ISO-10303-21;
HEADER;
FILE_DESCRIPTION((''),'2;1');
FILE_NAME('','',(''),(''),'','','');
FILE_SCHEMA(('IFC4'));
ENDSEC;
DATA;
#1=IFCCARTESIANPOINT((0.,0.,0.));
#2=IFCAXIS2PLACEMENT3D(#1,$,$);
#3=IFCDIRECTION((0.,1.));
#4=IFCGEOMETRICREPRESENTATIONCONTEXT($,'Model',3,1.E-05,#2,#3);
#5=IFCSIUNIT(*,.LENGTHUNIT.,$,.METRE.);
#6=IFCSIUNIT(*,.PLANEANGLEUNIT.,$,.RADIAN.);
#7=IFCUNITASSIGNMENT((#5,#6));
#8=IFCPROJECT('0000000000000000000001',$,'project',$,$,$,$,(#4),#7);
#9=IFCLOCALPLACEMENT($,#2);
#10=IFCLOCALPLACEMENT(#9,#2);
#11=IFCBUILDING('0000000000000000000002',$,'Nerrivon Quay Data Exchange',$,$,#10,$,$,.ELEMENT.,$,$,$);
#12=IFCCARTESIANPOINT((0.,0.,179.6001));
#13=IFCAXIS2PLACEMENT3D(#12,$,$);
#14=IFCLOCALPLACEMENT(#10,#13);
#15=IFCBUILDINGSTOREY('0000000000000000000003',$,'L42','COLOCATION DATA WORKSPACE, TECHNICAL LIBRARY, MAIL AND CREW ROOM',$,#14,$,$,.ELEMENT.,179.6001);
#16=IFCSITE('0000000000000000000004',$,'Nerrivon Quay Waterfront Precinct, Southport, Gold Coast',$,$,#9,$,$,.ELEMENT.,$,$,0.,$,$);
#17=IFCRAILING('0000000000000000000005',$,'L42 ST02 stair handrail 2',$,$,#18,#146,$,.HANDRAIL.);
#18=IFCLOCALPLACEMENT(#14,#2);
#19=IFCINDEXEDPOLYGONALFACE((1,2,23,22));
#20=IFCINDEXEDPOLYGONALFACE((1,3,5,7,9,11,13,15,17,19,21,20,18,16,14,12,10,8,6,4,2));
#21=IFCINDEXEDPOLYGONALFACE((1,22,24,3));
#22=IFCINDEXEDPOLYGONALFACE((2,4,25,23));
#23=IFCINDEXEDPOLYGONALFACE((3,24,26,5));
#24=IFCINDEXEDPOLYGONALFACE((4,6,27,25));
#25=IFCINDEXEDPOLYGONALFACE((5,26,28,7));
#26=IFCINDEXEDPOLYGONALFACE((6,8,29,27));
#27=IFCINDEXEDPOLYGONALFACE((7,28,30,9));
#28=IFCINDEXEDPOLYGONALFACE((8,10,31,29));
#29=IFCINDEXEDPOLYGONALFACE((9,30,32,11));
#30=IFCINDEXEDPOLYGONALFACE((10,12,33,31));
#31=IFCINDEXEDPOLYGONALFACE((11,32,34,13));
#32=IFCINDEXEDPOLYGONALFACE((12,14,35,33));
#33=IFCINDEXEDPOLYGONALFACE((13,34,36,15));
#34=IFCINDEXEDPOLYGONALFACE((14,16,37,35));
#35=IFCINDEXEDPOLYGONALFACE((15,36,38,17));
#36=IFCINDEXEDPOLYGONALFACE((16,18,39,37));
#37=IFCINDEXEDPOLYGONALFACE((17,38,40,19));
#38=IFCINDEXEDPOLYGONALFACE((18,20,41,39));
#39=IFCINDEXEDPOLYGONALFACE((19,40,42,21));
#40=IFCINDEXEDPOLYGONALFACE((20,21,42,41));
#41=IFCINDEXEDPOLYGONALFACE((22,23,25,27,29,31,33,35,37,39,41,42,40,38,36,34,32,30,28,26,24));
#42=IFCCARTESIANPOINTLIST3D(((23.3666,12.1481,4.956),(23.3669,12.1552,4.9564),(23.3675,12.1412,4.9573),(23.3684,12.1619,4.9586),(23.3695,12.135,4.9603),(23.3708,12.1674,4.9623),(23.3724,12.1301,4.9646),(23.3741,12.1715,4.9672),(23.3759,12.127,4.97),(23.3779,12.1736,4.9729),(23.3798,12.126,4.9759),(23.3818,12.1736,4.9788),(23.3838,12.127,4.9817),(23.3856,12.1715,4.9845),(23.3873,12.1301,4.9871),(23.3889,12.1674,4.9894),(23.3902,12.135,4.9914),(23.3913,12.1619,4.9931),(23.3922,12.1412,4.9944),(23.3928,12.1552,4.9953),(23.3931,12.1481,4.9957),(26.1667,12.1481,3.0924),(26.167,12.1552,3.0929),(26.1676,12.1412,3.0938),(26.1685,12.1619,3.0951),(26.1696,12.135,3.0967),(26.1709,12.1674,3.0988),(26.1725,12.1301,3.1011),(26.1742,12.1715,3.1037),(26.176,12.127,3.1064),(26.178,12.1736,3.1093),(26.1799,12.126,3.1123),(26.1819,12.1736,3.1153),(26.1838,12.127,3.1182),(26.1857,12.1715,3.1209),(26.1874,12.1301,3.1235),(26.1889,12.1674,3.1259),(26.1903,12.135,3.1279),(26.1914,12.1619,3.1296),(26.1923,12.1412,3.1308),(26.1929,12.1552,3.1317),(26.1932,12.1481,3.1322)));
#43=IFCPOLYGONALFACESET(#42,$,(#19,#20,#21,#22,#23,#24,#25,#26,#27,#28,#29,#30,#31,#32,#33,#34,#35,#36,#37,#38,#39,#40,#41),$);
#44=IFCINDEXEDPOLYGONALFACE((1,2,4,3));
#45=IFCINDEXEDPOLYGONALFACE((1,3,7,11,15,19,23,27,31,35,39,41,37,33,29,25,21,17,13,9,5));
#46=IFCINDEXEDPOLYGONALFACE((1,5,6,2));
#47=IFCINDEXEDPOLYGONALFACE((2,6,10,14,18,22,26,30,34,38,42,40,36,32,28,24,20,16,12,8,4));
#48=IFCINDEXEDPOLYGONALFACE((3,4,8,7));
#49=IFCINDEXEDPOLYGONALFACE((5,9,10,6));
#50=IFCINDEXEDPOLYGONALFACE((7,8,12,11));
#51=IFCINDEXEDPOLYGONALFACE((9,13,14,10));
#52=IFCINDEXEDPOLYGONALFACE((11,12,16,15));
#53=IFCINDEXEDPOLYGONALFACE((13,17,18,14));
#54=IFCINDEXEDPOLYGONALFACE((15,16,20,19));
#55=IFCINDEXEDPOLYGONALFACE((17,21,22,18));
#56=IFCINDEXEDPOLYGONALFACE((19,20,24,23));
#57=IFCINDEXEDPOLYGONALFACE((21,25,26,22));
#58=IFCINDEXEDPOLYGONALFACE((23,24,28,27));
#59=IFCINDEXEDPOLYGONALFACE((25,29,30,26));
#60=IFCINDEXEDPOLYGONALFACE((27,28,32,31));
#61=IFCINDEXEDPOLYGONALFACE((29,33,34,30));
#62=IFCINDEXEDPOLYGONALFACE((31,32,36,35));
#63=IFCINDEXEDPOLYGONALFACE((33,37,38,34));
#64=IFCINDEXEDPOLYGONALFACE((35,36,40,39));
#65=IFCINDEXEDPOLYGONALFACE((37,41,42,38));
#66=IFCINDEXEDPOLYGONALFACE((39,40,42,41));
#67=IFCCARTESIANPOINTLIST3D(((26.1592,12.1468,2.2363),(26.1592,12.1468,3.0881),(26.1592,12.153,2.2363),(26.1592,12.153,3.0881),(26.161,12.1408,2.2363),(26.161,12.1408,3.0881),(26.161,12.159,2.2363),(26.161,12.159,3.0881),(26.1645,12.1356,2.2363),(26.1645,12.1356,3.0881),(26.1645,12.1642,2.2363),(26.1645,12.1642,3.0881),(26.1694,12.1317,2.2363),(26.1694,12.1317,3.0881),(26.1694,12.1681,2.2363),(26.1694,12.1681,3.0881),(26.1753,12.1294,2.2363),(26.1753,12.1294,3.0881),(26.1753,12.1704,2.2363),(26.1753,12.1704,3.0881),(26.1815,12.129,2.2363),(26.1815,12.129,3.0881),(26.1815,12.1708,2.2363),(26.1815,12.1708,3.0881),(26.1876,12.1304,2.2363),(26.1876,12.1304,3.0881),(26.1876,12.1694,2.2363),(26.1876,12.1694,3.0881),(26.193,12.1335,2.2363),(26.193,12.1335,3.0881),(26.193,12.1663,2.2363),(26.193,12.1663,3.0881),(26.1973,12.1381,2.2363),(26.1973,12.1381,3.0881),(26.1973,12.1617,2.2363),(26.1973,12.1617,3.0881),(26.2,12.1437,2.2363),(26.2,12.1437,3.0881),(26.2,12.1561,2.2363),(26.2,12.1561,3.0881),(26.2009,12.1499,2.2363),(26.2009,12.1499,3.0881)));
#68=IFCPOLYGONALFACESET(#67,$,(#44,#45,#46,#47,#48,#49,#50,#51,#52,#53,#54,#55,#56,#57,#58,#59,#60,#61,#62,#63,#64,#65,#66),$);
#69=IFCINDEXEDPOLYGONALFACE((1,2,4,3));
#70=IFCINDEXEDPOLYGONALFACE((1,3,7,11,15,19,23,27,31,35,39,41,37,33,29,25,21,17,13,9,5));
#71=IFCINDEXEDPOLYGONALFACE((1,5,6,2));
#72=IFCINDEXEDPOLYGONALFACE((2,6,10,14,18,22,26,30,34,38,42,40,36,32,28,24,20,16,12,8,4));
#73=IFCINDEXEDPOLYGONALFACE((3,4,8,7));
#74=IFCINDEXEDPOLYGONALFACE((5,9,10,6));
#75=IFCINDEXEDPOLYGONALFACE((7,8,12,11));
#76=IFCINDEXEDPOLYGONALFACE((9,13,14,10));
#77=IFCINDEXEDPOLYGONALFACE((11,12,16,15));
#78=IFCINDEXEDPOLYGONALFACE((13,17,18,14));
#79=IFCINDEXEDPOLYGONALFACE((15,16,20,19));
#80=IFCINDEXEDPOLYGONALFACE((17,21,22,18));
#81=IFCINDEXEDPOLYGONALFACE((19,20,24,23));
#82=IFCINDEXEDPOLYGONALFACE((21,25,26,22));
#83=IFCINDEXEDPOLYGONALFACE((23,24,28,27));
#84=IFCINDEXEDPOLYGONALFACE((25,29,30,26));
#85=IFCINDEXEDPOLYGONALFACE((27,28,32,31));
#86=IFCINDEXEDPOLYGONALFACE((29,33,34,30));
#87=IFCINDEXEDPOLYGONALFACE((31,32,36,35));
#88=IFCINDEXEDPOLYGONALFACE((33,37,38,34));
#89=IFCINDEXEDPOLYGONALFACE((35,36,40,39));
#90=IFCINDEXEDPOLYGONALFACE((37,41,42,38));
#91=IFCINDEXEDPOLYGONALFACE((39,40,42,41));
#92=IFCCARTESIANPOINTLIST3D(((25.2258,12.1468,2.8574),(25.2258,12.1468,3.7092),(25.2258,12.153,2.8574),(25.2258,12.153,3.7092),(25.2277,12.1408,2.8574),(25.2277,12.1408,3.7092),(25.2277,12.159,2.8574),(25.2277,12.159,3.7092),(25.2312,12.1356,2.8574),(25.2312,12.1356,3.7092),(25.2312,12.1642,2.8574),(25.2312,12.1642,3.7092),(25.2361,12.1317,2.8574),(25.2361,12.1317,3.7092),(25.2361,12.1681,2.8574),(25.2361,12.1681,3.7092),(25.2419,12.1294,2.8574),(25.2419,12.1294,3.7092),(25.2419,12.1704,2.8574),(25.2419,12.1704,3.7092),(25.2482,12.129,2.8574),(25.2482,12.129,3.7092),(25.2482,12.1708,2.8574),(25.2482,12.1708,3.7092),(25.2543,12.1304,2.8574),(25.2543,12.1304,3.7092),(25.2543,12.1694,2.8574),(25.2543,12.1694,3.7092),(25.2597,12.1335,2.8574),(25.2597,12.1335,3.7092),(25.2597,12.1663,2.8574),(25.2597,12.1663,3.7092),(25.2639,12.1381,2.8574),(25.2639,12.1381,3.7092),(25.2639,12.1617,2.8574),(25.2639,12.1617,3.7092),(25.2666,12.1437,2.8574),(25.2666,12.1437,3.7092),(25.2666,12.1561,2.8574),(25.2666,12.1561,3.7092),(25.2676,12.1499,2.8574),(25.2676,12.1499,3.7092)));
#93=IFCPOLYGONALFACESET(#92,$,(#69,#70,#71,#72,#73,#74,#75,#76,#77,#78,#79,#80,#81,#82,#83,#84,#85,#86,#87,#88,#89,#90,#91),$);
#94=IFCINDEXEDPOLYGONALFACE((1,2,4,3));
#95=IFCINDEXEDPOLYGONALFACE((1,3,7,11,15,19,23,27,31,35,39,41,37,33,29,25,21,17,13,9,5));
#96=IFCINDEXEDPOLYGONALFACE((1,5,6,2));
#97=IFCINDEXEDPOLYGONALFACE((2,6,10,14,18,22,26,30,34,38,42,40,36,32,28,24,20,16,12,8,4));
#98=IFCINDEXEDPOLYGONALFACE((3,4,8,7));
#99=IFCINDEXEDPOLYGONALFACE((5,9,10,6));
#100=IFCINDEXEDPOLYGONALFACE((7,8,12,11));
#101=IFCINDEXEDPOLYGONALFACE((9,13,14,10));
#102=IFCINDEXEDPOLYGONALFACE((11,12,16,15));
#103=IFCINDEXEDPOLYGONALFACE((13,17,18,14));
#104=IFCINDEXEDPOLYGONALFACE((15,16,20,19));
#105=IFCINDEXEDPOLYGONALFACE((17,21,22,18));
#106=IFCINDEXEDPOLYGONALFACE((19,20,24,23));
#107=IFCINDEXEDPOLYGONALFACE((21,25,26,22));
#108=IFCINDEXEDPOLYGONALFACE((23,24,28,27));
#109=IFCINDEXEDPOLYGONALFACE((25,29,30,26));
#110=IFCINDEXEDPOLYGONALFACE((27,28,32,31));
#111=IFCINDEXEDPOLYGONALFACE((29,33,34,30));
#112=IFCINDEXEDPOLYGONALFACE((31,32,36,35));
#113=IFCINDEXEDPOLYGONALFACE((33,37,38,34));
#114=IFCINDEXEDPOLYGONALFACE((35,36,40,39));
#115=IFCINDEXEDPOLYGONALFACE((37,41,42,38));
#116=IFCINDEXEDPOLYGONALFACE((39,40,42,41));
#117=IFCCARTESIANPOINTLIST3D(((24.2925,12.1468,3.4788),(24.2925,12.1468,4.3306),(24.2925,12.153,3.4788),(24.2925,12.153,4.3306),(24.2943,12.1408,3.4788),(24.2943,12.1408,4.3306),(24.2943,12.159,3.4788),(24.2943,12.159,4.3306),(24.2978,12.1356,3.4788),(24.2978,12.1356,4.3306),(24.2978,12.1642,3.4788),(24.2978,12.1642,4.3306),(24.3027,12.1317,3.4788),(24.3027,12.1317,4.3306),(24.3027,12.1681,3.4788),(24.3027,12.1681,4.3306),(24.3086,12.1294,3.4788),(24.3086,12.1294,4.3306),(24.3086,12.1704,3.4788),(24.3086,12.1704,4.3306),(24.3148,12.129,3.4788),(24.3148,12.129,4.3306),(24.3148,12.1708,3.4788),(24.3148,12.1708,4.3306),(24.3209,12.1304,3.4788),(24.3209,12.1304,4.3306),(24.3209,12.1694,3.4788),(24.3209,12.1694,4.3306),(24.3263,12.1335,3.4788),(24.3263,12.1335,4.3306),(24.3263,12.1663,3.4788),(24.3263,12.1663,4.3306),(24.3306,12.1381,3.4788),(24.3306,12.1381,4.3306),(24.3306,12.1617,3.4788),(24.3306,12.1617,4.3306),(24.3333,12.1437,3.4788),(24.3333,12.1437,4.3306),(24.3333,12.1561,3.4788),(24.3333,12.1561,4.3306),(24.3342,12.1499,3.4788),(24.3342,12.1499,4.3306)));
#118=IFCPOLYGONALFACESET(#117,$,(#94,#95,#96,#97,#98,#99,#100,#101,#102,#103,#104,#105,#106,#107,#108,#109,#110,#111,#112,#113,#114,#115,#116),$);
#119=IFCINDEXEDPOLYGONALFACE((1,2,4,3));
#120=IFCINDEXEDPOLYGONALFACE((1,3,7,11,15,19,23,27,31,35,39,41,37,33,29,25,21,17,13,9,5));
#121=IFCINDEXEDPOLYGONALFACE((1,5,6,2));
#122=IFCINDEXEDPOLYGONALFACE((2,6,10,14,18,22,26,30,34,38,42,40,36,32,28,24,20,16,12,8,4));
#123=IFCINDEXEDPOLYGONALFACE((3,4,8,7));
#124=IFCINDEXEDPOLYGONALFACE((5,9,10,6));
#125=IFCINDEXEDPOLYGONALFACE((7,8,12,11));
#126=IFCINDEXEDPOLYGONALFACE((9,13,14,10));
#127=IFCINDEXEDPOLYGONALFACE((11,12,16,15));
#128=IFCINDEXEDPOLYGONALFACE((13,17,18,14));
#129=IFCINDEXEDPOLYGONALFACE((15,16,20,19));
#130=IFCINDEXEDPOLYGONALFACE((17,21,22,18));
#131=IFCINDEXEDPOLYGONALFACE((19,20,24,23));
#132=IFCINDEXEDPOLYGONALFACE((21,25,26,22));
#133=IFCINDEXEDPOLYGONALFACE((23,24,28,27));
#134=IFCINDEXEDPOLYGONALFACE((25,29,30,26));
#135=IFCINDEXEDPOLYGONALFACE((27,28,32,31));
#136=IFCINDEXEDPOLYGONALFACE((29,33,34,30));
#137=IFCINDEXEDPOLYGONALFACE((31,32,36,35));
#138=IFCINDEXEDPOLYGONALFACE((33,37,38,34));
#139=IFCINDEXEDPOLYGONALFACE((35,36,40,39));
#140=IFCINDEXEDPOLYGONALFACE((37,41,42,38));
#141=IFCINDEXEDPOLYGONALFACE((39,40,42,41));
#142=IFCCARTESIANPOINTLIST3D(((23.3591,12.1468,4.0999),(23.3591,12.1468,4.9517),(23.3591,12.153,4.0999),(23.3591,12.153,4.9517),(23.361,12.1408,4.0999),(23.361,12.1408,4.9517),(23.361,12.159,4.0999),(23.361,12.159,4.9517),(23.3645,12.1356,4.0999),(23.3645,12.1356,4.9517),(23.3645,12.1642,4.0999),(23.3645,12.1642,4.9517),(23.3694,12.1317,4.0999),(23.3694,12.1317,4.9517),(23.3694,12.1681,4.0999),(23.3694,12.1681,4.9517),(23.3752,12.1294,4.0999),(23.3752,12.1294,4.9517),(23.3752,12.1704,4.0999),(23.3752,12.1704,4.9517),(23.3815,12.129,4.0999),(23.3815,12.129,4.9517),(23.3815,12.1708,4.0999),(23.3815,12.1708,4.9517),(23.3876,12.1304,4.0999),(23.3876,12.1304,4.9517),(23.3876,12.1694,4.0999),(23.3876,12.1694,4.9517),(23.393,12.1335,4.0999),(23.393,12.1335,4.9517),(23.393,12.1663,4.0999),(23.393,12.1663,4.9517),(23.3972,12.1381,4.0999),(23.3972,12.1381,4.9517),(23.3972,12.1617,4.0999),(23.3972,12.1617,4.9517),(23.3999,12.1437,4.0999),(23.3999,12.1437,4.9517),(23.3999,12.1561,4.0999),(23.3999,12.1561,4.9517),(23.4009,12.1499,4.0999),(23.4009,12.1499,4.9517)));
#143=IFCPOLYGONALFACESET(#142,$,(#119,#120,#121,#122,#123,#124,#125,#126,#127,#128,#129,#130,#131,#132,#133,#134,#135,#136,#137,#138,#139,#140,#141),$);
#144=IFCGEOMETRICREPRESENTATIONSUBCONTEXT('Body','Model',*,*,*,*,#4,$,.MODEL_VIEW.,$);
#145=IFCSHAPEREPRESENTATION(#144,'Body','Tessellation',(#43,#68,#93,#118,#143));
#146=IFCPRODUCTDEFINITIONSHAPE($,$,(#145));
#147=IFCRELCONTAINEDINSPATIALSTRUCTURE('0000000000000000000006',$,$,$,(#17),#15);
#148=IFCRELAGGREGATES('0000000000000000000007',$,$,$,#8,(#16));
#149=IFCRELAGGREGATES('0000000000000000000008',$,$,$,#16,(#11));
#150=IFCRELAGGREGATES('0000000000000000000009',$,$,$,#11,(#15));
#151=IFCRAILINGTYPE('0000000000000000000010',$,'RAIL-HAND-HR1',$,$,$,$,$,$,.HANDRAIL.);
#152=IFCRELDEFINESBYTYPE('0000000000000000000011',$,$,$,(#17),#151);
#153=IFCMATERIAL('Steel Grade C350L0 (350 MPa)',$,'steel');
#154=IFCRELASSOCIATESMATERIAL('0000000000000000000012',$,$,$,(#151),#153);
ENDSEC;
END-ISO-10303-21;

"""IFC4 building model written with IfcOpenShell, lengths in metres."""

from ifc_helpers import new_model, si_unit, direction, frame, origin, origin_2d, place, context, subcontext, project, spatial, circle, extrude, material, type_object, element, save


model = new_model("IFC4")

# Units and contexts
model_context = context("Model", 3, precision=1e-05, world=origin(), true_north=direction((0.0, 1.0)))
body_context = subcontext(model_context, "Body", "Model", "MODEL_VIEW")
ifc_project = project(units=[si_unit("LENGTHUNIT", "METRE"), si_unit("PLANEANGLEUNIT", "RADIAN")], contexts=[model_context])

# Site, building, storey
site_placement = place(None, origin())
site = spatial("IfcSite", under=ifc_project, at=site_placement, Name="Nerrivon Quay Waterfront Precinct, Southport, Gold Coast", CompositionType="ELEMENT", RefElevation=0.0)
building_placement = place(site_placement, origin())
building = spatial("IfcBuilding", under=site, at=building_placement, Name="Nerrivon Quay Data Exchange", CompositionType="ELEMENT")
storey_placement = place(building_placement, frame((0.0, 0.0, 179.6001)))
storey = spatial("IfcBuildingStorey", under=building, at=storey_placement, Name="L42", Description="COLOCATION DATA WORKSPACE, TECHNICAL LIBRARY, MAIL AND CREW ROOM", CompositionType="ELEMENT", Elevation=179.6001)

# Shared definitions
ifc_material_1 = material(Name="Steel Grade C350L0 (350 MPa)", Category="steel")

# Railing
railing_type_1 = type_object("IfcRailingType", Name="RAIL-HAND-HR1", PredefinedType="HANDRAIL", material=ifc_material_1)
railing_1_placement = place(storey_placement, frame((26.1799, 12.1499, 2.2363)))
element("IfcRailing", 1, at=railing_1_placement, inside=storey, type_object=railing_type_1, Name="L42 ST02 stair handrail 2", PredefinedType="HANDRAIL", context=body_context, shape_type="SweptSolid", body=[
    extrude(circle(Radius=0.0239, at=origin_2d()), frame((0.0, 0.0, 0.876), z_axis=(-0.832486, 0.0, 0.554047), x_axis=(0.0, -1.0, 0.0)), (0.0, 0.0, 1.0), 3.3635),
    extrude(circle(Radius=0.021, at=origin_2d()), origin(), (0.0, 0.0, 1.0), 0.8518),
    extrude(circle(Radius=0.021, at=origin_2d()), frame((-0.9333, 0.0, 0.6211)), (0.0, 0.0, 1.0), 0.8518),
    extrude(circle(Radius=0.021, at=origin_2d()), frame((-1.8667, 0.0, 1.2424)), (0.0, 0.0, 1.0), 0.8518),
    extrude(circle(Radius=0.021, at=origin_2d()), frame((-2.8, 0.0, 1.8635)), (0.0, 0.0, 1.0), 0.8518),
])

save(model, "model.ifc")
